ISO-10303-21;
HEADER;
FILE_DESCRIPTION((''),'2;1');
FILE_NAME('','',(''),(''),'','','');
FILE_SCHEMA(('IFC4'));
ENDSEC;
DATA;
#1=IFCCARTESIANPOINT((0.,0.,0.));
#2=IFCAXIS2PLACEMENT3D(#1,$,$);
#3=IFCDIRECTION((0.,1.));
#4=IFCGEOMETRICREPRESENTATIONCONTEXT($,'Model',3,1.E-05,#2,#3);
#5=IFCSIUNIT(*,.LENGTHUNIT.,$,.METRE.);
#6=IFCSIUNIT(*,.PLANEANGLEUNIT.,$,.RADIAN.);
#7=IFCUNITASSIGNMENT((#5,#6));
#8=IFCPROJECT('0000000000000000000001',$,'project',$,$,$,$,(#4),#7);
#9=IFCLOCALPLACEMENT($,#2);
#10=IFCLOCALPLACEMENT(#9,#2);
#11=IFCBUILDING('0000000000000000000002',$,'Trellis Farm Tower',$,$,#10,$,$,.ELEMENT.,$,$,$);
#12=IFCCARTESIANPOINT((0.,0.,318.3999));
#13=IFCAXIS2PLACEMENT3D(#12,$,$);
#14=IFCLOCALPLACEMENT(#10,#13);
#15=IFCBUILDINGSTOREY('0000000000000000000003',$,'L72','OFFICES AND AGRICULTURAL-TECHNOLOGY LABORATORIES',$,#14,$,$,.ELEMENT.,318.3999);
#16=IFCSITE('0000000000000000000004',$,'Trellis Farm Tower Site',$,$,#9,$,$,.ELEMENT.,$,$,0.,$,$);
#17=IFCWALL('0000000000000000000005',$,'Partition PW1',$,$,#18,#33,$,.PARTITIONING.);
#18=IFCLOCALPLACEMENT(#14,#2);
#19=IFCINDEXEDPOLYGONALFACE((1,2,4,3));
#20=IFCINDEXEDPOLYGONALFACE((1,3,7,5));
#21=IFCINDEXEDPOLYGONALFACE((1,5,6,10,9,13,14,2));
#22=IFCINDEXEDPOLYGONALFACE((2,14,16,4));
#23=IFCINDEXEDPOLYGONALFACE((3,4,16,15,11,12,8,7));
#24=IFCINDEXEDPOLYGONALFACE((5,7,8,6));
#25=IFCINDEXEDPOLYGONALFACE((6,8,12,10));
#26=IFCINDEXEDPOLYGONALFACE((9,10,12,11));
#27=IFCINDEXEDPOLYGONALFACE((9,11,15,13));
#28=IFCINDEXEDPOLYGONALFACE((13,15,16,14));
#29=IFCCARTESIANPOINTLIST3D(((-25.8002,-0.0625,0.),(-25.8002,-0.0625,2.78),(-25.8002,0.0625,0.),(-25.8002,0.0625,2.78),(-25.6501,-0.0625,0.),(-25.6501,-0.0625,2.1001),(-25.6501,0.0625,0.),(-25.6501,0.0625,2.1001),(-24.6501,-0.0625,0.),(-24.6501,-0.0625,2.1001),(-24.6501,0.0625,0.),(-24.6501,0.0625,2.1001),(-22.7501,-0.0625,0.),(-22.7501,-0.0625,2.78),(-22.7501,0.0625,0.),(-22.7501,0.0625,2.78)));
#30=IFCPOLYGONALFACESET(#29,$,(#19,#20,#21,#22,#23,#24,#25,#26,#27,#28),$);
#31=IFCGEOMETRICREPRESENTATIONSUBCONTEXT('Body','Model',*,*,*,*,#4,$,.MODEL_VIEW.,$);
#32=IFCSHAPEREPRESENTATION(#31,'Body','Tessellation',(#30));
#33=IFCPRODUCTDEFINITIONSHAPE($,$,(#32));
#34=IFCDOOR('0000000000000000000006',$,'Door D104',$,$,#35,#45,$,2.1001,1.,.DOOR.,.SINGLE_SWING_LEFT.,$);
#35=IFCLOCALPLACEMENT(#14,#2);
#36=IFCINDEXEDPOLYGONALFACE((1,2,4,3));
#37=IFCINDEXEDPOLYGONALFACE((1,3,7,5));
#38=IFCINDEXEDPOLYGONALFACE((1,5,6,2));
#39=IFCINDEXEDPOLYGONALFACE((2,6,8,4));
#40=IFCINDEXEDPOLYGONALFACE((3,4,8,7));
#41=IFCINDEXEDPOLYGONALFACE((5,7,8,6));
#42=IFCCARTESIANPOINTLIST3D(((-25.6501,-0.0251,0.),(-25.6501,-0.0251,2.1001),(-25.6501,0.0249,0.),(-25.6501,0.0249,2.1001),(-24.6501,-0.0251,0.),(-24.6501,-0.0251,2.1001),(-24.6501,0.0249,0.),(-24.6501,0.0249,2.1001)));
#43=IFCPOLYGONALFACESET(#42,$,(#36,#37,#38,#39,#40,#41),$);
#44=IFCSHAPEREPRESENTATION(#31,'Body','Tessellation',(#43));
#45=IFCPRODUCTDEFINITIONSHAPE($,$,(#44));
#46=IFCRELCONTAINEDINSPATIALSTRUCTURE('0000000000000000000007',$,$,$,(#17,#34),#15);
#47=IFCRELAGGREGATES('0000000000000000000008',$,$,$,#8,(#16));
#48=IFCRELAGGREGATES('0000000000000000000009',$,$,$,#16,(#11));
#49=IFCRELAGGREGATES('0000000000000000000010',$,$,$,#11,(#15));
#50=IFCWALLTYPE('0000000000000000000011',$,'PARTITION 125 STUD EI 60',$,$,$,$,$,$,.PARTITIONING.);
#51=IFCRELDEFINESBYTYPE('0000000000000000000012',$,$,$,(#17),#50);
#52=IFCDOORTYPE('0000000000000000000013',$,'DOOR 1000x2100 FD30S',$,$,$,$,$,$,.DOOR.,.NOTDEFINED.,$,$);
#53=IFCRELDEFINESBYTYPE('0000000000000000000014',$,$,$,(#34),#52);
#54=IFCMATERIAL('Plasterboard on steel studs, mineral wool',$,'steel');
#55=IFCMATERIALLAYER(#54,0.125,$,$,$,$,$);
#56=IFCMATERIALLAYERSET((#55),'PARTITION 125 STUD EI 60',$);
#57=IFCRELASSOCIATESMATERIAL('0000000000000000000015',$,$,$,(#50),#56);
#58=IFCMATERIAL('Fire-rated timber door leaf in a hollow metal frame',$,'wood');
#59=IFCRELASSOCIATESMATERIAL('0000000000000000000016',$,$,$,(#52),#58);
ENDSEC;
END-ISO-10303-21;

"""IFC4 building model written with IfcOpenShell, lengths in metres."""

from ifc_helpers import new_model, si_unit, direction, frame, frame_2d, origin, place, context, subcontext, project, spatial, rectangle, extrude, source, transform, mapped, material, layer, layer_set, type_object, element, fill, save


model = new_model("IFC4")

# Units and contexts
model_context = context("Model", 3, precision=1e-05, world=origin(), true_north=direction((0.0, 1.0)))
body_context = subcontext(model_context, "Body", "Model", "MODEL_VIEW")
ifc_project = project(units=[si_unit("LENGTHUNIT", "METRE"), si_unit("PLANEANGLEUNIT", "RADIAN")], contexts=[model_context])

# Site, building, storey
site_placement = place(None, origin())
site = spatial("IfcSite", under=ifc_project, at=site_placement, Name="Trellis Farm Tower Site", CompositionType="ELEMENT", RefElevation=0.0)
building_placement = place(site_placement, origin())
building = spatial("IfcBuilding", under=site, at=building_placement, Name="Trellis Farm Tower", CompositionType="ELEMENT")
storey_placement = place(building_placement, frame((0.0, 0.0, 318.3999)))
storey = spatial("IfcBuildingStorey", under=building, at=storey_placement, Name="L72", Description="OFFICES AND AGRICULTURAL-TECHNOLOGY LABORATORIES", CompositionType="ELEMENT", Elevation=318.3999)

# Wall, opening, door
ifc_material_1 = material(Name="Plasterboard on steel studs, mineral wool", Category="steel")
ifc_layer_1 = layer(ifc_material_1, 0.125)
ifc_layer_set_1 = layer_set([ifc_layer_1], Name="PARTITION 125 STUD EI 60")
wall_type_1 = type_object("IfcWallType", Name="PARTITION 125 STUD EI 60", PredefinedType="PARTITIONING", material=ifc_layer_set_1)
shared_shape_1 = source(origin(), body_context, "Body", "SweptSolid", [
    extrude(rectangle(XDim=3.05, YDim=0.125, at=frame_2d((1.5249, 0.0))), origin(), (0.0, 0.0, 1.0), 2.78),
])
wall_1_placement = place(storey_placement, frame((-25.8, 0.0, 0.0), z_axis=(0.0, 0.0, 1.0), x_axis=(1.0, 0.0, 0.0)))
wall_1 = element("IfcWall", 1, at=wall_1_placement, inside=storey, type_object=wall_type_1, Name="Partition PW1", PredefinedType="PARTITIONING", context=body_context, shape_type="MappedRepresentation", body=[
    mapped(shared_shape_1, transform((0.0, 0.0, 0.0))),
])
shared_shape_2 = source(origin(), body_context, "Body", "SweptSolid", [
    extrude(rectangle(XDim=1.0, YDim=2.1001, at=frame_2d((0.5, 1.05))), frame((0.0, 0.0725, 0.0), z_axis=(0.0, -1.0, 0.0), x_axis=(1.0, 0.0, 0.0)), (0.0, 0.0, 1.0), 0.145),
])
opening_1_placement = place(wall_1_placement, frame((0.1499, 0.0, 0.0)))
opening_1 = element("IfcOpeningElement", 2, at=opening_1_placement, cuts=wall_1, PredefinedType="OPENING", context=body_context, shape_type="MappedRepresentation", body=[
    mapped(shared_shape_2, transform((0.0, 0.0, 0.0))),
])
ifc_material_2 = material(Name="Fire-rated timber door leaf in a hollow metal frame", Category="wood")
door_type_1 = type_object("IfcDoorType", Name="DOOR 1000x2100 FD30S", OperationType="NOTDEFINED", PredefinedType="DOOR", material=ifc_material_2)
shared_shape_3 = source(origin(), body_context, "Body", "SweptSolid", [
    extrude(rectangle(XDim=1.0, YDim=2.1001, at=frame_2d((0.5, 1.05))), frame((0.0, 0.0249, 0.0), z_axis=(0.0, -1.0, 0.0), x_axis=(1.0, 0.0, 0.0)), (0.0, 0.0, 1.0), 0.05),
])
door_1_placement = place(opening_1_placement, origin())
door_1 = element("IfcDoor", 3, at=door_1_placement, inside=storey, type_object=door_type_1, Name="Door D104", OperationType="SINGLE_SWING_LEFT", OverallHeight=2.1001, OverallWidth=1.0, PredefinedType="DOOR", context=body_context, shape_type="MappedRepresentation", body=[
    mapped(shared_shape_3, transform((0.0, 0.0, 0.0))),
])
fill(opening_1, door_1)

save(model, "model.ifc")
